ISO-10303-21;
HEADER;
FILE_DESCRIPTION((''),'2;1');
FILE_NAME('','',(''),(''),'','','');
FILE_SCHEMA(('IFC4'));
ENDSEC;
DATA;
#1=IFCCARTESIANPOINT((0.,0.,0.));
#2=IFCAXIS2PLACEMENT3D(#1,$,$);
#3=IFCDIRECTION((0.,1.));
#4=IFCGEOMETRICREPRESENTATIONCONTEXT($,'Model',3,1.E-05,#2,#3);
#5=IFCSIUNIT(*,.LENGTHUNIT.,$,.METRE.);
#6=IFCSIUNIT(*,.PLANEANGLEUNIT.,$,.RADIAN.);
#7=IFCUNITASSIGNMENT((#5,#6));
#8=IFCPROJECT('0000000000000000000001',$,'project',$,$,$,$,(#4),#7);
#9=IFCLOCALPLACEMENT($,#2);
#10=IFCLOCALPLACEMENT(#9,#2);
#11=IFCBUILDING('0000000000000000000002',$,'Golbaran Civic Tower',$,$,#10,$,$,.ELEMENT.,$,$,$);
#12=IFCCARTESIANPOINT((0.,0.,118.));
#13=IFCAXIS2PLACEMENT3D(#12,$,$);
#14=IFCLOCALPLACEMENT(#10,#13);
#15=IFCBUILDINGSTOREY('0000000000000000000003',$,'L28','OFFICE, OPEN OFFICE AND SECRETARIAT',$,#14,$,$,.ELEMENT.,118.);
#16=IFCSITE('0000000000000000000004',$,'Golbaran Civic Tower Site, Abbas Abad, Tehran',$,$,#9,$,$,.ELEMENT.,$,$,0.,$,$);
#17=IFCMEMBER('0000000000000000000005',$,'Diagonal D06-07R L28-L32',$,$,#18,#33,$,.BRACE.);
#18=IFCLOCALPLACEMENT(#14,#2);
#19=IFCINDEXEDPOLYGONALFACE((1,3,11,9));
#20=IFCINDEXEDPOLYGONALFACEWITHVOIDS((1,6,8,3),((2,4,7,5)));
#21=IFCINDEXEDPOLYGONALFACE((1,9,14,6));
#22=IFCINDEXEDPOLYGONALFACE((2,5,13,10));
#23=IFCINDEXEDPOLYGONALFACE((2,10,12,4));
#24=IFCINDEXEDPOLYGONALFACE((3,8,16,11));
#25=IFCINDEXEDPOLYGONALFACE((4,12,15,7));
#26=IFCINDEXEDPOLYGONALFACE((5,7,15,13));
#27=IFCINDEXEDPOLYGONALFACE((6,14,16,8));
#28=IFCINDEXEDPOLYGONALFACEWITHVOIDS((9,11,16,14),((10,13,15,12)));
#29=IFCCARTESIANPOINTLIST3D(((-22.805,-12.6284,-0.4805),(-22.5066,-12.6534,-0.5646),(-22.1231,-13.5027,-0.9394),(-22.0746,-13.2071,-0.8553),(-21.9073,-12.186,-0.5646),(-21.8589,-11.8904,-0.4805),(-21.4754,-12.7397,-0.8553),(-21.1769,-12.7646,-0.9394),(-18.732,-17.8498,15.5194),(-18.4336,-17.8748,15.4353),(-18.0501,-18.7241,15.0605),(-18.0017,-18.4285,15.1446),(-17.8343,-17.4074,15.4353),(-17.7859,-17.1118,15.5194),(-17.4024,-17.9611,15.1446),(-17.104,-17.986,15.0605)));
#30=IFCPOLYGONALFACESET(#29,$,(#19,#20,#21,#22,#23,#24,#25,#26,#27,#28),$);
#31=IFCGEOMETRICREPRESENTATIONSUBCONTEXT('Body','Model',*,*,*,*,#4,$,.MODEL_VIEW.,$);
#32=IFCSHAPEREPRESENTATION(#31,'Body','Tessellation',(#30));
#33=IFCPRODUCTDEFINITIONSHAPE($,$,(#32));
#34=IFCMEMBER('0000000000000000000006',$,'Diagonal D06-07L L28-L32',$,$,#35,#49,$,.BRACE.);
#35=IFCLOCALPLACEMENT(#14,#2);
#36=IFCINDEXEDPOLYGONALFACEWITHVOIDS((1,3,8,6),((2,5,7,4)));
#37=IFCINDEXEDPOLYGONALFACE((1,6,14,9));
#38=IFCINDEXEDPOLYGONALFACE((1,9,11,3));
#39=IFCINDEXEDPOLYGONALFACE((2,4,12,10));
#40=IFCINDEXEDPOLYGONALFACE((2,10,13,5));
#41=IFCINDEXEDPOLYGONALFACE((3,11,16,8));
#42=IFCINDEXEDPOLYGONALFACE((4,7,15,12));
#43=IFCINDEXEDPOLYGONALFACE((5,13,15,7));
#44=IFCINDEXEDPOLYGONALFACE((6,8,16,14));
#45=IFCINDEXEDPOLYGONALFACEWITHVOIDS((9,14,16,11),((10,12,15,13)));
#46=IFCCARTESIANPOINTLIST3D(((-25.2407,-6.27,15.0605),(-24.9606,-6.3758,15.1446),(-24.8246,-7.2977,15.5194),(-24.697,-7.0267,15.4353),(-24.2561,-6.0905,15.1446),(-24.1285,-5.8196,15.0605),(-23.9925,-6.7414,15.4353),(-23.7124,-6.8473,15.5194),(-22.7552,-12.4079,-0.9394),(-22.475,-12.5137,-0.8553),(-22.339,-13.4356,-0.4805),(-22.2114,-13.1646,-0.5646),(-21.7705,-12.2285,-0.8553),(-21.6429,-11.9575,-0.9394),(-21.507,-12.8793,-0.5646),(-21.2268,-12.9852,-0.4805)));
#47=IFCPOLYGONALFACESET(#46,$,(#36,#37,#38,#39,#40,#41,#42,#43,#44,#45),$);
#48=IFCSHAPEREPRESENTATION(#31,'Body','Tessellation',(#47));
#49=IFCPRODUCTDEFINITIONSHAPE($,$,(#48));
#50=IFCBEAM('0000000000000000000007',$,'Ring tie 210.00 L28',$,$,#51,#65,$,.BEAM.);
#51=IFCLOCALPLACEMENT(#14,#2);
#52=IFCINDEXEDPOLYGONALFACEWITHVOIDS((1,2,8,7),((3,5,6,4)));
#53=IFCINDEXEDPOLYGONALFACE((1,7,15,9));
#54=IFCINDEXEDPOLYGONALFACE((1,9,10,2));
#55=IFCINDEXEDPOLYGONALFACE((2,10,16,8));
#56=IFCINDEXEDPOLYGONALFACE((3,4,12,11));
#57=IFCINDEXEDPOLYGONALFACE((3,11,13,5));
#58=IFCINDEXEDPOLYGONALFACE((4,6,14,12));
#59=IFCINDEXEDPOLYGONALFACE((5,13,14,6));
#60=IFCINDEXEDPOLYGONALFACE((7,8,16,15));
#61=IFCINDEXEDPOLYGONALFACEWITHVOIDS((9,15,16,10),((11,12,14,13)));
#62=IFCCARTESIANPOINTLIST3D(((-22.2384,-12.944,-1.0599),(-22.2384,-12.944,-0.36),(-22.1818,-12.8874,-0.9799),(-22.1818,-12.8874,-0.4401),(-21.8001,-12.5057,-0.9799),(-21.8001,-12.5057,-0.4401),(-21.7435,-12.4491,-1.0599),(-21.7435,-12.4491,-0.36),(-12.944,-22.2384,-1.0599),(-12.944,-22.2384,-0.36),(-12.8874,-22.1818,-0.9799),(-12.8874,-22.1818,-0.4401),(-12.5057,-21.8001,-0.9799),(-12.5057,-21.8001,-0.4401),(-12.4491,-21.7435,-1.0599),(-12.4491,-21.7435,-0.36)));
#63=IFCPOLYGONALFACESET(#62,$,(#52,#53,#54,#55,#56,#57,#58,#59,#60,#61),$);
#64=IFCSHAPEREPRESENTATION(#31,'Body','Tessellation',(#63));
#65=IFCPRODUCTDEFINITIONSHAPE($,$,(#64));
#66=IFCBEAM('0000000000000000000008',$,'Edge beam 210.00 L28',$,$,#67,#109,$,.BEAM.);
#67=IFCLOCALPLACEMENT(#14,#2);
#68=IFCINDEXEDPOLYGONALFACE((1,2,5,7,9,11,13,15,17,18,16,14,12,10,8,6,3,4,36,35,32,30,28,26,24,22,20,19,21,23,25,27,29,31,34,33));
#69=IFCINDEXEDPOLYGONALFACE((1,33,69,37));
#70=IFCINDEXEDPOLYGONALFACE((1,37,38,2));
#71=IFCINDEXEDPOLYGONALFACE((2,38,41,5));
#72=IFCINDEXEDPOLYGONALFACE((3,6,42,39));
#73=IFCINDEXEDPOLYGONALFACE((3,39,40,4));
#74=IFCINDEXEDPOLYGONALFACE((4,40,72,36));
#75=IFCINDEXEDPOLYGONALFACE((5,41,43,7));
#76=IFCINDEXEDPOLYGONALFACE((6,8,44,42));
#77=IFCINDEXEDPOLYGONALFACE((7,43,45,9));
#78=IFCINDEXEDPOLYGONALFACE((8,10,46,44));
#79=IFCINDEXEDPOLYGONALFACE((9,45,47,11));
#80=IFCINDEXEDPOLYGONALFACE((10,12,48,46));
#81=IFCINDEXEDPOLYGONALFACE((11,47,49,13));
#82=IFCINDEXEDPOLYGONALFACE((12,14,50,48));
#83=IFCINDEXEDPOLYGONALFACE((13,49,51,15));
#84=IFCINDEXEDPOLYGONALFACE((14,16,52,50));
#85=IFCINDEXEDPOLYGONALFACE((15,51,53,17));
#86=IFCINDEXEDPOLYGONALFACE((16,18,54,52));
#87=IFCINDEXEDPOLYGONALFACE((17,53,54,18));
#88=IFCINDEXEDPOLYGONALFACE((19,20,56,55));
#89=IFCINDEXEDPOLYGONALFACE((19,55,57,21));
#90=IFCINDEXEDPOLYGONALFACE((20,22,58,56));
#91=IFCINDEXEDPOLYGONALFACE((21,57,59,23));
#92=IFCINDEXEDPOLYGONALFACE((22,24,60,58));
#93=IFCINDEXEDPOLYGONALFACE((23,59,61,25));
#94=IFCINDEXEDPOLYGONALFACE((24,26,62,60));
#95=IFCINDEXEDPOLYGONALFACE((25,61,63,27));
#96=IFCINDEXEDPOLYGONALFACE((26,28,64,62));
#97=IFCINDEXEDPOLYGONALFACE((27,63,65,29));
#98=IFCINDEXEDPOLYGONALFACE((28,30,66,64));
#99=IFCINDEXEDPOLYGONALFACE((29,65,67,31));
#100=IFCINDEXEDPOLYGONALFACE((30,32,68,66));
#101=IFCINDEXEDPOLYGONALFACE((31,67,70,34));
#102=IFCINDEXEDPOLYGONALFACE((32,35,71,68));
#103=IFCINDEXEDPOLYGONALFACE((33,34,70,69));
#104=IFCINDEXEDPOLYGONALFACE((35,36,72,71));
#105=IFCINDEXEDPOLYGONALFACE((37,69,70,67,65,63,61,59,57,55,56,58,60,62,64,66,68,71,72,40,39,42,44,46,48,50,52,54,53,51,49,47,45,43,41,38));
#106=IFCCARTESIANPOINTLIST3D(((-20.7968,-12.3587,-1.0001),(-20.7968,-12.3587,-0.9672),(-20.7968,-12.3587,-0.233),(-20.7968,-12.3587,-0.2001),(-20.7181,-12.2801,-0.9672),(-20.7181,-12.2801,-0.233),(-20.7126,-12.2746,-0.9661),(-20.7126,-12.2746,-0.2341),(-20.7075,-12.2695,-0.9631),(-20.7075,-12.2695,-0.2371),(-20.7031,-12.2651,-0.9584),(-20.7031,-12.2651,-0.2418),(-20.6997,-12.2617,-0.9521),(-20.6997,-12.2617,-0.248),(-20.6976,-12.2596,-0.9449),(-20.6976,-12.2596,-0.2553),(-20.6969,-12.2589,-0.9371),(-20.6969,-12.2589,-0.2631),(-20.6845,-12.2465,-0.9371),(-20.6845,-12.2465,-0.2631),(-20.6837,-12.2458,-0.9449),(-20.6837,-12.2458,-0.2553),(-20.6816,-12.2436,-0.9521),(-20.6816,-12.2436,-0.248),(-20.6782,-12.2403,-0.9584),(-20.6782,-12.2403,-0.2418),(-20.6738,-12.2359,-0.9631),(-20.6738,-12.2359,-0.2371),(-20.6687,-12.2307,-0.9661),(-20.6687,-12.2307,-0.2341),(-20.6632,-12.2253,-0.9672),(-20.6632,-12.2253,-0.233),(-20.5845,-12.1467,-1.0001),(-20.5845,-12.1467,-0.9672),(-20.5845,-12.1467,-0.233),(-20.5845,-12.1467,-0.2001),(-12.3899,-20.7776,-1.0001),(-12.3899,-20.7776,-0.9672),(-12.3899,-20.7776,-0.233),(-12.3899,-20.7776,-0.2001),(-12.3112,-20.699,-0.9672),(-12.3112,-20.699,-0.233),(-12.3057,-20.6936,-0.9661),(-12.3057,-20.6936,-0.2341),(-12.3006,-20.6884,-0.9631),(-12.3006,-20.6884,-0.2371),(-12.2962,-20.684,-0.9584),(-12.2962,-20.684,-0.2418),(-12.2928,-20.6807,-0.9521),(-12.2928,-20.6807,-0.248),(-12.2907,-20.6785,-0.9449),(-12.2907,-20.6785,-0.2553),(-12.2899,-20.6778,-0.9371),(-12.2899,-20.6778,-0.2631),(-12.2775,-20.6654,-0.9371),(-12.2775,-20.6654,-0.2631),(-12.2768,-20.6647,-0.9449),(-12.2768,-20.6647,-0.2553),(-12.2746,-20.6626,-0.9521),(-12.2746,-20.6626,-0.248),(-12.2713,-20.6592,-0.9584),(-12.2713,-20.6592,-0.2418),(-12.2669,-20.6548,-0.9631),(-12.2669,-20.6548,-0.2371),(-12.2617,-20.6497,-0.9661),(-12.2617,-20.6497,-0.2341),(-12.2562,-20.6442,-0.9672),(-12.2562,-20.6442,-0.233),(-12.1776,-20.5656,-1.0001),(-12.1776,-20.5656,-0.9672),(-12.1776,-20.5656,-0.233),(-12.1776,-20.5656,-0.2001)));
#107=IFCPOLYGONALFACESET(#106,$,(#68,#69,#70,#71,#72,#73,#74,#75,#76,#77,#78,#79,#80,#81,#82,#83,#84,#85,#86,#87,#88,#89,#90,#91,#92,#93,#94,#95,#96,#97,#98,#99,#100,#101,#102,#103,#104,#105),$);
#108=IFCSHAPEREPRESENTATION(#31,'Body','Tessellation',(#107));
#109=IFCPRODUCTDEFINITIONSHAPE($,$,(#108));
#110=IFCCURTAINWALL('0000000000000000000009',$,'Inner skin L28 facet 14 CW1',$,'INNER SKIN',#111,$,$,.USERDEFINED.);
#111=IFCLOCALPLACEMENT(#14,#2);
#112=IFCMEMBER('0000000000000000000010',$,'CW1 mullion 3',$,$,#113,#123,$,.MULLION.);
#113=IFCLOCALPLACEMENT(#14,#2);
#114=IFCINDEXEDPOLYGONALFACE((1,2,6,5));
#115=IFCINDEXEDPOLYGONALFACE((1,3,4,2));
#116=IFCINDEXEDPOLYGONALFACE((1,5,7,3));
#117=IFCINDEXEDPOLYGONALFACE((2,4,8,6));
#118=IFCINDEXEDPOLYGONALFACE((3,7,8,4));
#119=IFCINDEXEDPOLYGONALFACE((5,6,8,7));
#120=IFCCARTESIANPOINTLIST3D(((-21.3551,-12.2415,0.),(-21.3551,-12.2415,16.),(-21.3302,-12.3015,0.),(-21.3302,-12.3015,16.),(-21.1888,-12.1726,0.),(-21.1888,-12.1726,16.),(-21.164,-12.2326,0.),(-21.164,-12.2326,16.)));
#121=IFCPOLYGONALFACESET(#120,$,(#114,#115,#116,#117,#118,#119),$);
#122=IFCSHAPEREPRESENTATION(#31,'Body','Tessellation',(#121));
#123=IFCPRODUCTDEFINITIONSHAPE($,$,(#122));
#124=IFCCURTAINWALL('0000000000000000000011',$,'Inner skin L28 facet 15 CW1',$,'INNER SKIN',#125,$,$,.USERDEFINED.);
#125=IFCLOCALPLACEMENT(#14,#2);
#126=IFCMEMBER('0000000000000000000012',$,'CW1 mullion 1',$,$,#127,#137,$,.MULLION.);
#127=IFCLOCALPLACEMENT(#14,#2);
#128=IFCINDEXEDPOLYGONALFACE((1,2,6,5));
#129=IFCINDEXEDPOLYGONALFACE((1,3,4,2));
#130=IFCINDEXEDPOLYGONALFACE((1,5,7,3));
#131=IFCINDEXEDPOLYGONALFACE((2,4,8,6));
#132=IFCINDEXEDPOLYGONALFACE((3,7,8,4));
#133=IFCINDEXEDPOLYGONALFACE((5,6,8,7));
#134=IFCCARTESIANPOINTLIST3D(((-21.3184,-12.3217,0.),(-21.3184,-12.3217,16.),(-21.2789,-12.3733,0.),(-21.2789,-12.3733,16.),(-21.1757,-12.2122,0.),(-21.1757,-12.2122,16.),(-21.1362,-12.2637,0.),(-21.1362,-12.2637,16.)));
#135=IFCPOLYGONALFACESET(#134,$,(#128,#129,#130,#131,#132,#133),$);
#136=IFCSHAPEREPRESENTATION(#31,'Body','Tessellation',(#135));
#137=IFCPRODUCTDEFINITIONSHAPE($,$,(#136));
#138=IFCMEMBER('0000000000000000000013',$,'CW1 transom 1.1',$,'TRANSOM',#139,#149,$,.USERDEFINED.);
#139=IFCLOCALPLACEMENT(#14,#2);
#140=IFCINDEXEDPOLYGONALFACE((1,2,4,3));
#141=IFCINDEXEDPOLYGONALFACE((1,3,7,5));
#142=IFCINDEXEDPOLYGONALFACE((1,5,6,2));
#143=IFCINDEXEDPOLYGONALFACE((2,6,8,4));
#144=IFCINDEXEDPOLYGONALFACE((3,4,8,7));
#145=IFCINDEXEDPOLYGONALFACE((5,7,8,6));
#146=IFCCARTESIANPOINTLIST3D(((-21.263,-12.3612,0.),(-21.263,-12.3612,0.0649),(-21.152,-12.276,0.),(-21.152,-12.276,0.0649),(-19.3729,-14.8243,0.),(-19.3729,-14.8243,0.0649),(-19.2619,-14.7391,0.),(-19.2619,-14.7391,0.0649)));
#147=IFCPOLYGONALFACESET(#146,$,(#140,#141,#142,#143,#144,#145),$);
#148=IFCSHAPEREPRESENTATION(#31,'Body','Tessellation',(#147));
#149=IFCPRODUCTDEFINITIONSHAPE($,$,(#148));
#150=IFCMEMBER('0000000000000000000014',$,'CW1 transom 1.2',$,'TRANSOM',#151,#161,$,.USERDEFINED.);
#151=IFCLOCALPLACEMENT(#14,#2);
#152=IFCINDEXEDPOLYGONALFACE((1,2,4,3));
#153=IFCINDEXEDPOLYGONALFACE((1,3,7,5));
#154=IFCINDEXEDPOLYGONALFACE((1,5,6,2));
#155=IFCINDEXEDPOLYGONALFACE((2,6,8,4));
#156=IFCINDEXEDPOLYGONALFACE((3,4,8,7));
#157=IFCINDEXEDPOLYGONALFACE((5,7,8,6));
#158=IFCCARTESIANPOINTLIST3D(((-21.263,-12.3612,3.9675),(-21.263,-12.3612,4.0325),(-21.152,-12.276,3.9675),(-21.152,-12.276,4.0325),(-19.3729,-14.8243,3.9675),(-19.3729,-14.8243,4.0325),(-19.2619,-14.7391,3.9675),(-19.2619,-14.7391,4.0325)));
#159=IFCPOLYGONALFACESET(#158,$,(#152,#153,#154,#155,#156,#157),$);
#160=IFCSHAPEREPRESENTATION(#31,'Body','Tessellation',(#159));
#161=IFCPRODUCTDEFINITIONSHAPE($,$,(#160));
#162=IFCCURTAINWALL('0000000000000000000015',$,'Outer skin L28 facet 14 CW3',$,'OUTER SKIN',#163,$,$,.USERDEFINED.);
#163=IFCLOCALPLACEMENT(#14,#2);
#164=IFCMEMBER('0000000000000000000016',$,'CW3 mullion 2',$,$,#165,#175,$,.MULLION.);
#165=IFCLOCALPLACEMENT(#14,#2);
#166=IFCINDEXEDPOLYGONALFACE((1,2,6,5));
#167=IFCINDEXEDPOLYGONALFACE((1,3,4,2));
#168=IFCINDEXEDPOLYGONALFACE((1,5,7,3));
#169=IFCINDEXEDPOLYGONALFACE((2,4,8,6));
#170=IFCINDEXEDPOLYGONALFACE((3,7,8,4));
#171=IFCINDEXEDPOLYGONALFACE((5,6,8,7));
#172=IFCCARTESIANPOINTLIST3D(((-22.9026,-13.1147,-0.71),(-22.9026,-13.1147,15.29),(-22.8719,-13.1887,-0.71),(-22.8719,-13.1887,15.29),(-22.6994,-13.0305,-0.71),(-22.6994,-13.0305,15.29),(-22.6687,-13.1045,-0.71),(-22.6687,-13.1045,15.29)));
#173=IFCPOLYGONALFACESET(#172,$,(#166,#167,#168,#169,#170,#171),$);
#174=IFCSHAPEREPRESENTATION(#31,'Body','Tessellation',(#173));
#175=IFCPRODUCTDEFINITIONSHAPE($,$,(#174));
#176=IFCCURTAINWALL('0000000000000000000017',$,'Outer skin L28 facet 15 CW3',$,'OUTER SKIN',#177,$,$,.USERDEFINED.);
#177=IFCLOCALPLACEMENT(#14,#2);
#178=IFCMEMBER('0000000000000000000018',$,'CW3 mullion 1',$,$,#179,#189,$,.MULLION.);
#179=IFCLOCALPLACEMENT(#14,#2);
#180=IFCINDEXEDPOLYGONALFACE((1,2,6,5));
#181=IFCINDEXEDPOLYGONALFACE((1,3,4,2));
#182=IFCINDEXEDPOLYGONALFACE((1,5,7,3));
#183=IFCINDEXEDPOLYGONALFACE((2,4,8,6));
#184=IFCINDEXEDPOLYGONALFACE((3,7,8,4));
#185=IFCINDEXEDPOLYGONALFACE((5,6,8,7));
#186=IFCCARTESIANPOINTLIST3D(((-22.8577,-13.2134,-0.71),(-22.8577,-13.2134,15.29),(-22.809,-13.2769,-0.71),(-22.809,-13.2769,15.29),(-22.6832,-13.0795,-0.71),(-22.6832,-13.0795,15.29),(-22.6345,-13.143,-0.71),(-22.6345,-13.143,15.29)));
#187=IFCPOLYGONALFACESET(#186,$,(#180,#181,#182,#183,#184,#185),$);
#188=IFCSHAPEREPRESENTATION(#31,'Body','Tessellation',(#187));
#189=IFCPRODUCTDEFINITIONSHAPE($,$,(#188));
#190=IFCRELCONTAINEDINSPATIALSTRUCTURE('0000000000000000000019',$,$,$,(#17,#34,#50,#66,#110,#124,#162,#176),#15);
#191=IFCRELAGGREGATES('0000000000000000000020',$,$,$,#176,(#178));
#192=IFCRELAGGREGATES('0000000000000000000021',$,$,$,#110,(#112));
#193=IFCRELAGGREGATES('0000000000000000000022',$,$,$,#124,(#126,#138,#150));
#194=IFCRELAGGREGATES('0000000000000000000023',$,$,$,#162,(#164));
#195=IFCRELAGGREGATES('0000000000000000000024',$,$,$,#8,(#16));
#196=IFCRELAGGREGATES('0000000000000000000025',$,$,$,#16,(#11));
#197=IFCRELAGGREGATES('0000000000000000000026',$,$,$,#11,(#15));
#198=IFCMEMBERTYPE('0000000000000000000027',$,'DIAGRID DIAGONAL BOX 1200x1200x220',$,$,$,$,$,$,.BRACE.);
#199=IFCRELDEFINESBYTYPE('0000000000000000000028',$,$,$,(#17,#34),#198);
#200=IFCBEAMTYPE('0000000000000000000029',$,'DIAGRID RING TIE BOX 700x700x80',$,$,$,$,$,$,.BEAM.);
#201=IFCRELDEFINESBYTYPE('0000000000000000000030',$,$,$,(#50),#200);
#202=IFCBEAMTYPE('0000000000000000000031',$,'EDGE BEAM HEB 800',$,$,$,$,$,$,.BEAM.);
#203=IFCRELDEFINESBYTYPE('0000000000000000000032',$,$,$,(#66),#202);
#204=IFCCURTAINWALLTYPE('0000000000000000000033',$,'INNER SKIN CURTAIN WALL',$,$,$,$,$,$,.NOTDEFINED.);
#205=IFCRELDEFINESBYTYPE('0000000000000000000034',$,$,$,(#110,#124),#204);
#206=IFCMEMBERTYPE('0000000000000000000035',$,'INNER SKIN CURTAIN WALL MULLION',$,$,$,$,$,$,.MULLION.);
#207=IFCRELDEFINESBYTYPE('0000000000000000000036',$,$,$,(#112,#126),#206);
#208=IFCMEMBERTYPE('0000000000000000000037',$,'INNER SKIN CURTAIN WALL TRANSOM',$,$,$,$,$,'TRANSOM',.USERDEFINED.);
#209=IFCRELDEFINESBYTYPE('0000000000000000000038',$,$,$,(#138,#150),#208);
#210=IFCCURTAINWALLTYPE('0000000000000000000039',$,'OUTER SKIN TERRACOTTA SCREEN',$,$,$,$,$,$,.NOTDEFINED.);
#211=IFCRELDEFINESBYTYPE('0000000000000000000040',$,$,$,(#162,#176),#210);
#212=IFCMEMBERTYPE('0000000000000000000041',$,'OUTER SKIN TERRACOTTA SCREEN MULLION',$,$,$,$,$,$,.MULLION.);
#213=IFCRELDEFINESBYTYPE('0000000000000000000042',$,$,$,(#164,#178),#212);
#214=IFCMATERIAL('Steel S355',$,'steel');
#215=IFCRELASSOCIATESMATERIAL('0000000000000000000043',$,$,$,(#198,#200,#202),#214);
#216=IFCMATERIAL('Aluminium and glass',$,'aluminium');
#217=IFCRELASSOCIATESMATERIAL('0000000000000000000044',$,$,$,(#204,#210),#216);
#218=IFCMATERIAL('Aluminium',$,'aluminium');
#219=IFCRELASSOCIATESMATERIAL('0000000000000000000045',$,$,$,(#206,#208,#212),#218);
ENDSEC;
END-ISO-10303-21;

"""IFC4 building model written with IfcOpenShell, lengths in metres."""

from ifc_helpers import new_model, si_unit, direction, frame, origin, origin_2d, place, context, subcontext, project, spatial, rectangle, hollow_rectangle, i_section, extrude, material, material_profile, profile_set, type_object, element, aggregate, save


model = new_model("IFC4")

# Units and contexts
model_context = context("Model", 3, precision=1e-05, world=origin(), true_north=direction((0.0, 1.0)))
body_context = subcontext(model_context, "Body", "Model", "MODEL_VIEW")
ifc_project = project(units=[si_unit("LENGTHUNIT", "METRE"), si_unit("PLANEANGLEUNIT", "RADIAN")], contexts=[model_context])

# Site, building, storey
site_placement = place(None, origin())
site = spatial("IfcSite", under=ifc_project, at=site_placement, Name="Golbaran Civic Tower Site, Abbas Abad, Tehran", CompositionType="ELEMENT", RefElevation=0.0)
building_placement = place(site_placement, origin())
building = spatial("IfcBuilding", under=site, at=building_placement, Name="Golbaran Civic Tower", CompositionType="ELEMENT")
storey_placement = place(building_placement, frame((0.0, 0.0, 118.0)))
storey = spatial("IfcBuildingStorey", under=building, at=storey_placement, Name="L28", Description="OFFICE, OPEN OFFICE AND SECRETARIAT", CompositionType="ELEMENT", Elevation=118.0)

# Members
ifc_material_1 = material(Name="Steel S355", Category="steel")
ifc_material_profile_1 = material_profile(ifc_material_1, hollow_rectangle(XDim=1.2, YDim=1.2, WallThickness=0.22, at=origin_2d()), Name="BOX 1200x1200x220")
ifc_profile_set_1 = profile_set([ifc_material_profile_1], Name="Steel S355")
member_type_1 = type_object("IfcMemberType", Name="DIAGRID DIAGONAL BOX 1200x1200x220", PredefinedType="BRACE", material=ifc_profile_set_1)
for number, where, z_axis, x_axis, name in (
    (1, (-21.991, -12.6965, -0.71), (0.235212, -0.301534, 0.923987), (0.788482, 0.615058, 0.0), "Diagonal D06-07R L28-L32"),
    (2, (-21.991, -12.6965, -0.71), (-0.143541, 0.354461, 0.923988), (-0.926884, -0.375347, 0.0), "Diagonal D06-07L L28-L32"),
):
    element("IfcMember", number, at=place(storey_placement, frame(where, z_axis=z_axis, x_axis=x_axis)), inside=storey, type_object=member_type_1, Name=name, PredefinedType="BRACE", context=body_context, shape_type="SweptSolid", body=[
        extrude(hollow_rectangle(XDim=1.2, YDim=1.2, WallThickness=0.22, at=origin_2d()), origin(), (0.0, 0.0, 1.0), 17.3162),
    ])

# Beams
ifc_material_profile_2 = material_profile(ifc_material_1, hollow_rectangle(XDim=0.7, YDim=0.7, WallThickness=0.0801, at=origin_2d()), Name="BOX 700x700x80")
ifc_profile_set_2 = profile_set([ifc_material_profile_2], Name="Steel S355")
beam_type_1 = type_object("IfcBeamType", Name="DIAGRID RING TIE BOX 700x700x80", PredefinedType="BEAM", material=ifc_profile_set_2)
beam_1_placement = place(storey_placement, frame((-21.991, -12.6965, -0.71), z_axis=(0.707107, -0.707107, 0.0), x_axis=(0.707107, 0.707107, 0.0)))
element("IfcBeam", 3, at=beam_1_placement, inside=storey, type_object=beam_type_1, Name="Ring tie 210.00 L28", PredefinedType="BEAM", context=body_context, shape_type="SweptSolid", body=[
    extrude(hollow_rectangle(XDim=0.7, YDim=0.7, WallThickness=0.0801, at=origin_2d()), origin(), (0.0, 0.0, 1.0), 13.1443),
])
ifc_material_profile_3 = material_profile(ifc_material_1, i_section(OverallWidth=0.3, OverallDepth=0.8, WebThickness=0.0176, FlangeThickness=0.033, FilletRadius=0.03, at=origin_2d()), Name="HEB 800")
ifc_profile_set_3 = profile_set([ifc_material_profile_3], Name="Steel S355")
beam_type_2 = type_object("IfcBeamType", Name="EDGE BEAM HEB 800", PredefinedType="BEAM", material=ifc_profile_set_3)
beam_2_placement = place(storey_placement, frame((-20.6907, -12.2527, -0.6001), z_axis=(0.706604, -0.707609, 0.0), x_axis=(0.707609, 0.706604, 0.0)))
element("IfcBeam", 4, at=beam_2_placement, inside=storey, type_object=beam_type_2, Name="Edge beam 210.00 L28", PredefinedType="BEAM", context=body_context, shape_type="SweptSolid", body=[
    extrude(i_section(OverallWidth=0.3, OverallDepth=0.8, WebThickness=0.0176, FlangeThickness=0.033, FilletRadius=0.03, at=origin_2d()), origin(), (0.0, 0.0, 1.0), 11.8977),
])

# Curtain wall, member
ifc_material_2 = material(Name="Aluminium and glass", Category="aluminium")
curtain_wall_type_1 = type_object("IfcCurtainWallType", Name="INNER SKIN CURTAIN WALL", PredefinedType="NOTDEFINED", material=ifc_material_2)
curtain_wall_1_placement = place(storey_placement, origin())
curtain_wall_1 = element("IfcCurtainWall", 5, at=curtain_wall_1_placement, inside=storey, type_object=curtain_wall_type_1, Name="Inner skin L28 facet 14 CW1", ObjectType="INNER SKIN", PredefinedType="USERDEFINED")
ifc_material_3 = material(Name="Aluminium", Category="aluminium")
ifc_material_profile_4 = material_profile(ifc_material_3, rectangle(XDim=0.1799, YDim=0.0649, at=origin_2d()), Name="INNER SKIN CURTAIN WALL MULLION")
ifc_profile_set_4 = profile_set([ifc_material_profile_4], Name="Aluminium")
member_type_2 = type_object("IfcMemberType", Name="INNER SKIN CURTAIN WALL MULLION", PredefinedType="MULLION", material=ifc_profile_set_4)
member_1_placement = place(storey_placement, frame((-21.2595, -12.2371, 0.0), z_axis=(0.0, 0.0, 1.0), x_axis=(0.92388, 0.382683, 0.0)))
member_1 = element("IfcMember", 6, at=member_1_placement, type_object=member_type_2, Name="CW1 mullion 3", PredefinedType="MULLION", context=body_context, shape_type="SweptSolid", body=[
    extrude(rectangle(XDim=0.1799, YDim=0.0649, at=origin_2d()), origin(), (0.0, 0.0, 1.0), 16.0),
])

# Curtain wall, members
curtain_wall_2_placement = place(storey_placement, origin())
curtain_wall_2 = element("IfcCurtainWall", 7, at=curtain_wall_2_placement, inside=storey, type_object=curtain_wall_type_1, Name="Inner skin L28 facet 15 CW1", ObjectType="INNER SKIN", PredefinedType="USERDEFINED")
member_2_placement = place(storey_placement, frame((-21.2273, -12.2927, 0.0), z_axis=(0.0, 0.0, 1.0), x_axis=(0.793353, 0.608761, 0.0)))
member_2 = element("IfcMember", 8, at=member_2_placement, type_object=member_type_2, Name="CW1 mullion 1", PredefinedType="MULLION", context=body_context, shape_type="SweptSolid", body=[
    extrude(rectangle(XDim=0.1799, YDim=0.0649, at=origin_2d()), origin(), (0.0, 0.0, 1.0), 16.0),
])
ifc_material_profile_5 = material_profile(ifc_material_3, rectangle(XDim=0.1399, YDim=0.0649, at=origin_2d()), Name="INNER SKIN CURTAIN WALL TRANSOM")
ifc_profile_set_5 = profile_set([ifc_material_profile_5], Name="Aluminium")
member_type_3 = type_object("IfcMemberType", Name="INNER SKIN CURTAIN WALL TRANSOM", ElementType="TRANSOM", PredefinedType="USERDEFINED", material=ifc_profile_set_5)
member_3_placement = place(storey_placement, frame((-21.2075, -12.3186, 0.0325), z_axis=(0.608783, -0.793337, 0.0), x_axis=(0.793337, 0.608783, 0.0)))
member_3 = element("IfcMember", 9, at=member_3_placement, type_object=member_type_3, Name="CW1 transom 1.1", ObjectType="TRANSOM", PredefinedType="USERDEFINED", context=body_context, shape_type="SweptSolid", body=[
    extrude(rectangle(XDim=0.1399, YDim=0.0649, at=origin_2d()), origin(), (0.0, 0.0, 1.0), 3.1047),
])
member_4_placement = place(storey_placement, frame((-21.2075, -12.3186, 4.0), z_axis=(0.608783, -0.793337, 0.0), x_axis=(0.793337, 0.608783, 0.0)))
member_4 = element("IfcMember", 10, at=member_4_placement, type_object=member_type_3, Name="CW1 transom 1.2", ObjectType="TRANSOM", PredefinedType="USERDEFINED", context=body_context, shape_type="SweptSolid", body=[
    extrude(rectangle(XDim=0.1399, YDim=0.0649, at=origin_2d()), origin(), (0.0, 0.0, 1.0), 3.1047),
])

# Curtain wall, member
curtain_wall_type_2 = type_object("IfcCurtainWallType", Name="OUTER SKIN TERRACOTTA SCREEN", PredefinedType="NOTDEFINED", material=ifc_material_2)
curtain_wall_3_placement = place(storey_placement, origin())
curtain_wall_3 = element("IfcCurtainWall", 11, at=curtain_wall_3_placement, inside=storey, type_object=curtain_wall_type_2, Name="Outer skin L28 facet 14 CW3", ObjectType="OUTER SKIN", PredefinedType="USERDEFINED")
ifc_material_profile_6 = material_profile(ifc_material_3, rectangle(XDim=0.22, YDim=0.0801, at=origin_2d()), Name="OUTER SKIN TERRACOTTA SCREEN MULLION")
ifc_profile_set_6 = profile_set([ifc_material_profile_6], Name="Aluminium")
member_type_4 = type_object("IfcMemberType", Name="OUTER SKIN TERRACOTTA SCREEN MULLION", PredefinedType="MULLION", material=ifc_profile_set_6)
member_5_placement = place(storey_placement, frame((-22.7856, -13.1096, -0.71), z_axis=(0.0, 0.0, 1.0), x_axis=(0.92388, 0.382683, 0.0)))
member_5 = element("IfcMember", 12, at=member_5_placement, type_object=member_type_4, Name="CW3 mullion 2", PredefinedType="MULLION", context=body_context, shape_type="SweptSolid", body=[
    extrude(rectangle(XDim=0.22, YDim=0.0801, at=origin_2d()), origin(), (0.0, 0.0, 1.0), 16.0),
])

# Curtain wall, member
curtain_wall_4_placement = place(storey_placement, origin())
curtain_wall_4 = element("IfcCurtainWall", 13, at=curtain_wall_4_placement, inside=storey, type_object=curtain_wall_type_2, Name="Outer skin L28 facet 15 CW3", ObjectType="OUTER SKIN", PredefinedType="USERDEFINED")
member_6_placement = place(storey_placement, frame((-22.7461, -13.1782, -0.71), z_axis=(0.0, 0.0, 1.0), x_axis=(0.793353, 0.608761, 0.0)))
member_6 = element("IfcMember", 14, at=member_6_placement, type_object=member_type_4, Name="CW3 mullion 1", PredefinedType="MULLION", context=body_context, shape_type="SweptSolid", body=[
    extrude(rectangle(XDim=0.22, YDim=0.0801, at=origin_2d()), origin(), (0.0, 0.0, 1.0), 16.0),
])
aggregate(curtain_wall_4, [member_6])

aggregate(curtain_wall_1, [member_1])
aggregate(curtain_wall_2, [member_2, member_3, member_4])
aggregate(curtain_wall_3, [member_5])

save(model, "model.ifc")
